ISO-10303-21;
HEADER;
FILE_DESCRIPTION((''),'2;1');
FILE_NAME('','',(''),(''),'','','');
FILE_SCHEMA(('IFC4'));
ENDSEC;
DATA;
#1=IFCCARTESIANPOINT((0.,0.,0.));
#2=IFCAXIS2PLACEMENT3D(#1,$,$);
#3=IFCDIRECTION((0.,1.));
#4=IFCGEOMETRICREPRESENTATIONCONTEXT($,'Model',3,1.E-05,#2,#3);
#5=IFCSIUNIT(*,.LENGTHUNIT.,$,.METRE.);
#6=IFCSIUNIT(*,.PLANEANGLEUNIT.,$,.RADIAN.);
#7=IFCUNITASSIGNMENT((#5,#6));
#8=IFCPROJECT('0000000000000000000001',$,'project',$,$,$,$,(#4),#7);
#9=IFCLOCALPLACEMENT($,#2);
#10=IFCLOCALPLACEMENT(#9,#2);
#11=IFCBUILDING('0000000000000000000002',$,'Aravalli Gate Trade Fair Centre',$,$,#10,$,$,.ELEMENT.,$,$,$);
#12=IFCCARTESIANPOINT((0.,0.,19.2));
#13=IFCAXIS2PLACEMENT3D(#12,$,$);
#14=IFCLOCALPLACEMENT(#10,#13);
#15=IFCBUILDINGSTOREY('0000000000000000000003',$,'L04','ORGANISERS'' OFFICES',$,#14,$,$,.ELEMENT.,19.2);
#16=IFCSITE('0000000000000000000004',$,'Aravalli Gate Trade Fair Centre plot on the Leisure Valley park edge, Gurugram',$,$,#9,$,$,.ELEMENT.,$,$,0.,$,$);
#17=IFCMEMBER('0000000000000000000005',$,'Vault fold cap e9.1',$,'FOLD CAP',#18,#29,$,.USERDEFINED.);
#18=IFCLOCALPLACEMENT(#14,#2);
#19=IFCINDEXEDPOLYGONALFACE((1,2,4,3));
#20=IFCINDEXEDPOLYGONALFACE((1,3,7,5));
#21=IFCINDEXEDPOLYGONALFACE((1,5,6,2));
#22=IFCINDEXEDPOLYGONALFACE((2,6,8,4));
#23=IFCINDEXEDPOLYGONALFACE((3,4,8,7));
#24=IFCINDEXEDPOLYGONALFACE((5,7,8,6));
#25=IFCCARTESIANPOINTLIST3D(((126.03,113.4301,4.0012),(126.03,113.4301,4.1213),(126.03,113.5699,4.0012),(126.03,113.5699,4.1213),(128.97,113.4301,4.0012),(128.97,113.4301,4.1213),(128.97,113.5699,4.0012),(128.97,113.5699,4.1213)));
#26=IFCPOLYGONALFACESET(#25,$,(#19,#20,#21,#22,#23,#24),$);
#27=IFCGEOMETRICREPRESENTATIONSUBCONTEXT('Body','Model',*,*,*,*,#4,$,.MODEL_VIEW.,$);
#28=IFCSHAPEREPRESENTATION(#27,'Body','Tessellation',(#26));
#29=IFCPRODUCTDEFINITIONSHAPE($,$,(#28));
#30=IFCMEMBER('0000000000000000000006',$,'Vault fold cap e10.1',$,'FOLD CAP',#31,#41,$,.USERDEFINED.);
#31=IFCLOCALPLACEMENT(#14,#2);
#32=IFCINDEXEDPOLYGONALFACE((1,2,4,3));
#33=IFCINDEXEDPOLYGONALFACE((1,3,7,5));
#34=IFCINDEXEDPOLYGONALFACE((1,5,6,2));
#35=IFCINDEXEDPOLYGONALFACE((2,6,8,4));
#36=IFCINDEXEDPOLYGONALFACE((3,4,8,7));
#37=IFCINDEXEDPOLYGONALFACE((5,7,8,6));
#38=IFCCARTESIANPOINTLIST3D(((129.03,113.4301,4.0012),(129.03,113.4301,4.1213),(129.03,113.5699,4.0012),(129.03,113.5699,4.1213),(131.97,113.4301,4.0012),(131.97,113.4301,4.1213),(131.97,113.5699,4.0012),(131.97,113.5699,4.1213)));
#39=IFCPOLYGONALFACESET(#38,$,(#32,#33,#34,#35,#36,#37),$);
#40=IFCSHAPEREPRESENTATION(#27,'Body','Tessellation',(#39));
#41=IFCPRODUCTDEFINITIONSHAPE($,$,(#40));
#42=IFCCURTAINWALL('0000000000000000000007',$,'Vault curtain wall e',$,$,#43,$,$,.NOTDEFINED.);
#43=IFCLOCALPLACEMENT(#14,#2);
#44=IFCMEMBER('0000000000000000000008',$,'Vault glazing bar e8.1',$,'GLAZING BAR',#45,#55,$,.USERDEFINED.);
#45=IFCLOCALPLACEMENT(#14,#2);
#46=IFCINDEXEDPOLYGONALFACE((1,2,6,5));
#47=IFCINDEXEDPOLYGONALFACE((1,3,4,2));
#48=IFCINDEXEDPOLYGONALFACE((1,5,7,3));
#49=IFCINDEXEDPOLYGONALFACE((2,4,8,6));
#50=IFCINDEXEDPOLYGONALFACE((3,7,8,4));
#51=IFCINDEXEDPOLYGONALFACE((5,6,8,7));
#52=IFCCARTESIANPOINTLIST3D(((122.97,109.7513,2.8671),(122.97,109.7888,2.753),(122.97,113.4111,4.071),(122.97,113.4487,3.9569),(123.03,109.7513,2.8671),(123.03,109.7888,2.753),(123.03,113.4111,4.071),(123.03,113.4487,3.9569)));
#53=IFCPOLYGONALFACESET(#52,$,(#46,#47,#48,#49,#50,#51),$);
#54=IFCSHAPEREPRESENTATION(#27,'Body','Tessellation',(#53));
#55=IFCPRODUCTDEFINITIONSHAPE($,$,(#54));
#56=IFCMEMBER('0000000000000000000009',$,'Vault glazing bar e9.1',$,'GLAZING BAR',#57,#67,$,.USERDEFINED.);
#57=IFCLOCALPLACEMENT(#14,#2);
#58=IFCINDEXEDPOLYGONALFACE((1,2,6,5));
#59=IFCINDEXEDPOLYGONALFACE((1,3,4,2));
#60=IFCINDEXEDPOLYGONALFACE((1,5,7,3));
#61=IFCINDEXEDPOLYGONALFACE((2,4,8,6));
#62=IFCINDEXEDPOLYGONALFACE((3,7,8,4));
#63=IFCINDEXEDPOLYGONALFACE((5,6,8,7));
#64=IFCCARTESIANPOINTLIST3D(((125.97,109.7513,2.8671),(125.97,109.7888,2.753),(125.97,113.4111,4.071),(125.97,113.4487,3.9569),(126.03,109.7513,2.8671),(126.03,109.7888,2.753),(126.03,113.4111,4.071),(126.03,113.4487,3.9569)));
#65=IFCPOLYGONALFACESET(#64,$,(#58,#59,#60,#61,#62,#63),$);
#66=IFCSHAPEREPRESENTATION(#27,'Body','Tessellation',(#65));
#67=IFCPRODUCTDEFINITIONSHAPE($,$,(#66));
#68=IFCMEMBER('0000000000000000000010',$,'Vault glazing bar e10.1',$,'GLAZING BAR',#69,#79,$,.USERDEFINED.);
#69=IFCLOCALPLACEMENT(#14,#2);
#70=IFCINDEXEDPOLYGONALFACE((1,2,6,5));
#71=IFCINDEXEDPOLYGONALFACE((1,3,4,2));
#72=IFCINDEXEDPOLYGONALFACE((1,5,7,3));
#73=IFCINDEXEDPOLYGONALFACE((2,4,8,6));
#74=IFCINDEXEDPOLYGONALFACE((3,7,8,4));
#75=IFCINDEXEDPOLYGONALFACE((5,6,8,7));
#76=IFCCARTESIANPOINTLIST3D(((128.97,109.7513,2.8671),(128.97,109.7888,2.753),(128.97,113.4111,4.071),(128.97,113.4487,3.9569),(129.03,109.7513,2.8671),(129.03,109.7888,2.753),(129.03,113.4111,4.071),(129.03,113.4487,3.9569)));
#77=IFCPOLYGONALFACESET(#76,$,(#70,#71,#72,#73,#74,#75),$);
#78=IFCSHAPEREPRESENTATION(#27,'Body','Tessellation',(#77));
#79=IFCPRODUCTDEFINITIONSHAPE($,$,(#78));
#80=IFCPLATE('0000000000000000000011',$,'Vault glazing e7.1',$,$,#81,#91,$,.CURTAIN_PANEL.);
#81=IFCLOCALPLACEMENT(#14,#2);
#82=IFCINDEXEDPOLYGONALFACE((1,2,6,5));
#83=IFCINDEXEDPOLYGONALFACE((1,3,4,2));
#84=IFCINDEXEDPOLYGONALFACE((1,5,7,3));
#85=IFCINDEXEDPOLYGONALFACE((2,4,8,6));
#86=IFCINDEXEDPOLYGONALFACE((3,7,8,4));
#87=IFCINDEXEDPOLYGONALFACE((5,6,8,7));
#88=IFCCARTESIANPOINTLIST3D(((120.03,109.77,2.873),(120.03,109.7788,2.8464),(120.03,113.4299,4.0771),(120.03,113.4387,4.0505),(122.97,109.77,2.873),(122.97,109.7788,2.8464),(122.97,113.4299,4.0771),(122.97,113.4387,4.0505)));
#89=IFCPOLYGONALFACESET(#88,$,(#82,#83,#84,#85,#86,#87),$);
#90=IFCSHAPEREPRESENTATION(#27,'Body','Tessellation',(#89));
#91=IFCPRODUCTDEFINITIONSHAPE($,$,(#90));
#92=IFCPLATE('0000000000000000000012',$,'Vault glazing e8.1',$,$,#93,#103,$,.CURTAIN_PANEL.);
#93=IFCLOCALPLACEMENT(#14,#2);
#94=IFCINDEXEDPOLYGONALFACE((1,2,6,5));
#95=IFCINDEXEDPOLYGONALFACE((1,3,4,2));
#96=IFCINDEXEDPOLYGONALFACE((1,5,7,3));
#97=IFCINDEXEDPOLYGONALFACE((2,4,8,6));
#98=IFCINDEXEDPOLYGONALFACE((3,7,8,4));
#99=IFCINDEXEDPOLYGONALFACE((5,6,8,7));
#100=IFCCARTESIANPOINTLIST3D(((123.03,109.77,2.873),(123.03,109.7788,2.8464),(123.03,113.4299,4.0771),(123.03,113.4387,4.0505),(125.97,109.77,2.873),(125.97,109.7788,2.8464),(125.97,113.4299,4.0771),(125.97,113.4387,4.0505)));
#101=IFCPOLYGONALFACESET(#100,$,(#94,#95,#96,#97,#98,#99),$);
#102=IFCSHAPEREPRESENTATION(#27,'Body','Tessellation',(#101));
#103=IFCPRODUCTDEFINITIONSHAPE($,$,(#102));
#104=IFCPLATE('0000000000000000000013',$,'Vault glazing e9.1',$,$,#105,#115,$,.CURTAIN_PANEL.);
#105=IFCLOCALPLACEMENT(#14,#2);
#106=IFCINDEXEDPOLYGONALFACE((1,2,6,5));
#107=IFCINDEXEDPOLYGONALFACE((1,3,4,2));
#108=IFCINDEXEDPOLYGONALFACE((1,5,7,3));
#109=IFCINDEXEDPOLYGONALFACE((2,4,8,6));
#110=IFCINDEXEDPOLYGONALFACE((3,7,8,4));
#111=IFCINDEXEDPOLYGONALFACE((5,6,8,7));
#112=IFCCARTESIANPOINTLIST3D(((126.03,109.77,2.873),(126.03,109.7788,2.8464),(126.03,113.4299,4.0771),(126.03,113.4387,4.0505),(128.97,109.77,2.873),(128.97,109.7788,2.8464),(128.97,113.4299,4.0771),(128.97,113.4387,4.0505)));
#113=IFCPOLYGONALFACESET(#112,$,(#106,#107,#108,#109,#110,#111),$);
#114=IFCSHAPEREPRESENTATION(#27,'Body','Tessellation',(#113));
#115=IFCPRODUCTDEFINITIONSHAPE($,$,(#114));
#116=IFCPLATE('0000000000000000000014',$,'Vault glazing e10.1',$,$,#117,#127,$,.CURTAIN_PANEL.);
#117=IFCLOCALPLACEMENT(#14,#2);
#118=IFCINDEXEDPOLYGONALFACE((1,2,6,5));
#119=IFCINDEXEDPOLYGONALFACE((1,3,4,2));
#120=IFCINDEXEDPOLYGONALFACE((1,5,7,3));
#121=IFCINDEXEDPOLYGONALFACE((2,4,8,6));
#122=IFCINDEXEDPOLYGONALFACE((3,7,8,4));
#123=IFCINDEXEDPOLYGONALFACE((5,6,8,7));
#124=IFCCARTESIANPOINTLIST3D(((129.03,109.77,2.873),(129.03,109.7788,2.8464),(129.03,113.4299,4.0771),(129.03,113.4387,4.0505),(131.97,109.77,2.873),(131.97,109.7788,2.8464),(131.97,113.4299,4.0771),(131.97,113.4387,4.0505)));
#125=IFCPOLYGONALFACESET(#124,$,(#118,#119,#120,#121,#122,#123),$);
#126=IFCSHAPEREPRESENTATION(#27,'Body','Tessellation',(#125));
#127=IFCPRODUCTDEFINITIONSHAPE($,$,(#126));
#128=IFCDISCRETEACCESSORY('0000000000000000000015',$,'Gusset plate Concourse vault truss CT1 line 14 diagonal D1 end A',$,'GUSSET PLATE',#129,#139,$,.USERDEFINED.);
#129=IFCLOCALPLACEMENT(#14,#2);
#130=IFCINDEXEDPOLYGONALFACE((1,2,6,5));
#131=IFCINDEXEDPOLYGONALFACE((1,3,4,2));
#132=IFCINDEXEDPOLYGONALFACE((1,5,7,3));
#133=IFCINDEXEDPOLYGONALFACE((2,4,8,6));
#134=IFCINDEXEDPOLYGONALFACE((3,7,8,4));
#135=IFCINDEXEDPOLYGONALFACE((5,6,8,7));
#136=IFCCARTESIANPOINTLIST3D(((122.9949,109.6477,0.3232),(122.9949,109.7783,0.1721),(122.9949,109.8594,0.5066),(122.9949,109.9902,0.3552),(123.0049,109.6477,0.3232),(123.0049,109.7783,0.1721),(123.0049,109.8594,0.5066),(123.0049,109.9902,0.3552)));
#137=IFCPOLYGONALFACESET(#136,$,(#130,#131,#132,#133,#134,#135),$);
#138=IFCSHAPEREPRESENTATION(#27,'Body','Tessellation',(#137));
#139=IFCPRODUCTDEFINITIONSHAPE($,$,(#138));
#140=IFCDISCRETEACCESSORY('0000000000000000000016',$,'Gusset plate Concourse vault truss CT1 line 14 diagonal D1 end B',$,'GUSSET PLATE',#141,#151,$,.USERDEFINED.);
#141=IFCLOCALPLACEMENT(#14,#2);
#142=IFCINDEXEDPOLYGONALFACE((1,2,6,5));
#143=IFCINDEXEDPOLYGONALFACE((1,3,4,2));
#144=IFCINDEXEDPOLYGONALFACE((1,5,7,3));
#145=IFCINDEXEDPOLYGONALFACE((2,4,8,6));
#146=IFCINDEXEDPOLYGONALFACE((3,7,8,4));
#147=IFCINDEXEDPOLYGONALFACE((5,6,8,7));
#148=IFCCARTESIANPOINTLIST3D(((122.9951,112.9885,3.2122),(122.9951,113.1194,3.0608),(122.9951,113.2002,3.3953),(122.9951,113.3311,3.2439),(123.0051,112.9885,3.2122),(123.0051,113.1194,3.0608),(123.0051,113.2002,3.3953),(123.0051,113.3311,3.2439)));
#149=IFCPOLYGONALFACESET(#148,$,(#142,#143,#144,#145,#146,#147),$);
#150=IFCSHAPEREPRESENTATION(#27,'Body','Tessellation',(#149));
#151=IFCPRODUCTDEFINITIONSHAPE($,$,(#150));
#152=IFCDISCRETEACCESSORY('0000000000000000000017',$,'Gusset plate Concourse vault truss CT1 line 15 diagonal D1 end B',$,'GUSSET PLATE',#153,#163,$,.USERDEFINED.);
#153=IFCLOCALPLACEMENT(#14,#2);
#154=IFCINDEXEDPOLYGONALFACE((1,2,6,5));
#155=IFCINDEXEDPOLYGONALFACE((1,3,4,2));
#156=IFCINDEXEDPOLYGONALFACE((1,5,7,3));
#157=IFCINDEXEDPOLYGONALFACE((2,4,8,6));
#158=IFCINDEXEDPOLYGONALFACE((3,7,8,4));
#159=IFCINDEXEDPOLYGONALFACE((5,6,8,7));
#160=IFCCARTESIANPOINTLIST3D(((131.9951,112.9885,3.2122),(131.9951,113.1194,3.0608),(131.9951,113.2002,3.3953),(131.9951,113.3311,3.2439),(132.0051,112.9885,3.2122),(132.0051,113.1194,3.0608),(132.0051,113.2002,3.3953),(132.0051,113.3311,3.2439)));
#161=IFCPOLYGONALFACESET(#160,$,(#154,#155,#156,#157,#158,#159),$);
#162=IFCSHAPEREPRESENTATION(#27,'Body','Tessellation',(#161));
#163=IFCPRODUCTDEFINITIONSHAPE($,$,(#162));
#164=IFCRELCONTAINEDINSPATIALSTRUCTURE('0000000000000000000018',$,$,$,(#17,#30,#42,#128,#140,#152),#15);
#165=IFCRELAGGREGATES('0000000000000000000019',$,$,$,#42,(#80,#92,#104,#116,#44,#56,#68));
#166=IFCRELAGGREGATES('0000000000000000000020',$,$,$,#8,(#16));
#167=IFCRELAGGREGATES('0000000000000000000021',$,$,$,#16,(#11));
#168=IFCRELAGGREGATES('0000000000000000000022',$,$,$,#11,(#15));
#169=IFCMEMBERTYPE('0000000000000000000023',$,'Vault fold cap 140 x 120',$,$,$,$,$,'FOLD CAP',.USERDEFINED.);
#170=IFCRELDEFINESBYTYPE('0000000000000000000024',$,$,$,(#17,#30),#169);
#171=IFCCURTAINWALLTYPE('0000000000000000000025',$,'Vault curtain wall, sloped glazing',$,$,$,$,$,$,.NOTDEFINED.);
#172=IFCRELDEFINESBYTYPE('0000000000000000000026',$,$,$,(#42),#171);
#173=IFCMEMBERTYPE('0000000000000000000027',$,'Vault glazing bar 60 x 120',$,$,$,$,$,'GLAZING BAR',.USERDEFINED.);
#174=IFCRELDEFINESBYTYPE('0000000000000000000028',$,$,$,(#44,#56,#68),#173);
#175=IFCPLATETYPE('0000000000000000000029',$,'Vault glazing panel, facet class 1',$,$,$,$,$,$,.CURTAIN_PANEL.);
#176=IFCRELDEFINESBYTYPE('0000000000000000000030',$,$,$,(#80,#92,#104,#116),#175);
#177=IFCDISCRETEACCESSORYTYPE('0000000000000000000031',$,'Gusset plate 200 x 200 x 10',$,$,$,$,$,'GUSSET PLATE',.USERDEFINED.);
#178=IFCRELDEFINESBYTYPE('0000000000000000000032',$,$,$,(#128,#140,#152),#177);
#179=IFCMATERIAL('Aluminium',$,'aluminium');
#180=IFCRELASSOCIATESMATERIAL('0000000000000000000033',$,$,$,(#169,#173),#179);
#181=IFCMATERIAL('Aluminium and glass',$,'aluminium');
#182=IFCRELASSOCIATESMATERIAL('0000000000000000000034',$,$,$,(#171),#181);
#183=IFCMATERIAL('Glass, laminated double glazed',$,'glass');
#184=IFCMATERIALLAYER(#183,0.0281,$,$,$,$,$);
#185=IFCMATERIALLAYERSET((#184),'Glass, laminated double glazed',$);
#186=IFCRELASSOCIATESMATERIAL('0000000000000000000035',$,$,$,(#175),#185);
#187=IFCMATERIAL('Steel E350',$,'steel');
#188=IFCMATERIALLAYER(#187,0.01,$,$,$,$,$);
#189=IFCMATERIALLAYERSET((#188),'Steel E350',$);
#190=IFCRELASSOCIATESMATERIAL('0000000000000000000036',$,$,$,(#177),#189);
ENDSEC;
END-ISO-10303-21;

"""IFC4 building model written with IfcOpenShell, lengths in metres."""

from ifc_helpers import new_model, si_unit, direction, frame, origin, origin_2d, place, context, subcontext, project, spatial, polyline, rectangle, outline, extrude, material, layer, layer_set, material_profile, profile_set, type_object, element, aggregate, save


model = new_model("IFC4")

# Units and contexts
model_context = context("Model", 3, precision=1e-05, world=origin(), true_north=direction((0.0, 1.0)))
body_context = subcontext(model_context, "Body", "Model", "MODEL_VIEW")
ifc_project = project(units=[si_unit("LENGTHUNIT", "METRE"), si_unit("PLANEANGLEUNIT", "RADIAN")], contexts=[model_context])

# Site, building, storey
site_placement = place(None, origin())
site = spatial("IfcSite", under=ifc_project, at=site_placement, Name="Aravalli Gate Trade Fair Centre plot on the Leisure Valley park edge, Gurugram", CompositionType="ELEMENT", RefElevation=0.0)
building_placement = place(site_placement, origin())
building = spatial("IfcBuilding", under=site, at=building_placement, Name="Aravalli Gate Trade Fair Centre", CompositionType="ELEMENT")
storey_placement = place(building_placement, frame((0.0, 0.0, 19.2)))
storey = spatial("IfcBuildingStorey", under=building, at=storey_placement, Name="L04", Description="ORGANISERS' OFFICES", CompositionType="ELEMENT", Elevation=19.2)

# Members
ifc_material_1 = material(Name="Steel E350", Category="steel")
ifc_material_2 = material(Name="Aluminium", Category="aluminium")
ifc_material_profile_1 = material_profile(ifc_material_2, rectangle(XDim=0.1399, YDim=0.1201, at=origin_2d()), Name="Vault fold cap 140 x 120")
ifc_profile_set_1 = profile_set([ifc_material_profile_1], Name="Aluminium")
member_type_1 = type_object("IfcMemberType", Name="Vault fold cap 140 x 120", ElementType="FOLD CAP", PredefinedType="USERDEFINED", material=ifc_profile_set_1)
for number, where, z_axis, x_axis, name in (
    (1, (126.03, 113.5, 4.0613), (1.0, 0.0, 0.0), (0.0, 1.0, 0.0), "Vault fold cap e9.1"),
    (2, (129.03, 113.5, 4.0613), (1.0, 0.0, 0.0), (0.0, 1.0, 0.0), "Vault fold cap e10.1"),
):
    element("IfcMember", number, at=place(storey_placement, frame(where, z_axis=z_axis, x_axis=x_axis)), inside=storey, type_object=member_type_1, Name=name, ObjectType="FOLD CAP", PredefinedType="USERDEFINED", context=body_context, shape_type="SweptSolid", body=[
        extrude(rectangle(XDim=0.1399, YDim=0.1201, at=origin_2d()), origin(), (0.0, 0.0, 1.0), 2.9399),
    ])

# Curtain wall, members, plates
ifc_material_3 = material(Name="Aluminium and glass", Category="aluminium")
curtain_wall_type = type_object("IfcCurtainWallType", Name="Vault curtain wall, sloped glazing", PredefinedType="NOTDEFINED", material=ifc_material_3)
curtain_wall_placement = place(storey_placement, origin())
curtain_wall = element("IfcCurtainWall", 3, at=curtain_wall_placement, inside=storey, type_object=curtain_wall_type, Name="Vault curtain wall e", PredefinedType="NOTDEFINED")
ifc_material_profile_2 = material_profile(ifc_material_2, rectangle(XDim=0.0601, YDim=0.1201, at=origin_2d()), Name="Vault glazing bar 60 x 120")
ifc_profile_set_2 = profile_set([ifc_material_profile_2], Name="Aluminium")
member_type_2 = type_object("IfcMemberType", Name="Vault glazing bar 60 x 120", ElementType="GLAZING BAR", PredefinedType="USERDEFINED", material=ifc_profile_set_2)
member_1_placement = place(storey_placement, frame((123.0, 109.77, 2.8101), z_axis=(0.0, 0.94993, 0.312461), x_axis=(-1.0, 0.0, 0.0)))
member_1 = element("IfcMember", 4, at=member_1_placement, type_object=member_type_2, Name="Vault glazing bar e8.1", ObjectType="GLAZING BAR", PredefinedType="USERDEFINED", context=body_context, shape_type="SweptSolid", body=[
    extrude(rectangle(XDim=0.0601, YDim=0.1201, at=origin_2d()), origin(), (0.0, 0.0, 1.0), 3.8528),
])
member_2_placement = place(storey_placement, frame((126.0, 109.77, 2.8101), z_axis=(0.0, 0.94993, 0.312461), x_axis=(-1.0, 0.0, 0.0)))
member_2 = element("IfcMember", 5, at=member_2_placement, type_object=member_type_2, Name="Vault glazing bar e9.1", ObjectType="GLAZING BAR", PredefinedType="USERDEFINED", context=body_context, shape_type="SweptSolid", body=[
    extrude(rectangle(XDim=0.0601, YDim=0.1201, at=origin_2d()), origin(), (0.0, 0.0, 1.0), 3.8528),
])
member_3_placement = place(storey_placement, frame((129.0, 109.77, 2.8101), z_axis=(0.0, 0.94993, 0.312461), x_axis=(-1.0, 0.0, 0.0)))
member_3 = element("IfcMember", 6, at=member_3_placement, type_object=member_type_2, Name="Vault glazing bar e10.1", ObjectType="GLAZING BAR", PredefinedType="USERDEFINED", context=body_context, shape_type="SweptSolid", body=[
    extrude(rectangle(XDim=0.0601, YDim=0.1201, at=origin_2d()), origin(), (0.0, 0.0, 1.0), 3.8528),
])
ifc_material_4 = material(Name="Glass, laminated double glazed", Category="glass")
ifc_layer_1 = layer(ifc_material_4, 0.0281)
ifc_layer_set_1 = layer_set([ifc_layer_1], Name="Glass, laminated double glazed")
plate_type = type_object("IfcPlateType", Name="Vault glazing panel, facet class 1", PredefinedType="CURTAIN_PANEL", material=ifc_layer_set_1)
plate_1_placement = place(storey_placement, frame((120.03, 109.77, 2.873), z_axis=(0.0, -0.312518, 0.949912), x_axis=(1.0, 0.0, 0.0)))
plate_1 = element("IfcPlate", 7, at=plate_1_placement, type_object=plate_type, Name="Vault glazing e7.1", PredefinedType="CURTAIN_PANEL", context=body_context, shape_type="SweptSolid", body=[
    extrude(outline(polyline([(0.0, 0.0), (2.9399, 0.0), (2.9399, 3.8529), (0.0, 3.8529), (0.0, 0.0)])), origin(), (0.0, 0.0, -1.0), 0.0281),
])
plate_2_placement = place(storey_placement, frame((123.03, 109.77, 2.873), z_axis=(0.0, -0.312518, 0.949912), x_axis=(1.0, 0.0, 0.0)))
plate_2 = element("IfcPlate", 8, at=plate_2_placement, type_object=plate_type, Name="Vault glazing e8.1", PredefinedType="CURTAIN_PANEL", context=body_context, shape_type="SweptSolid", body=[
    extrude(outline(polyline([(0.0, 0.0), (2.9399, 0.0), (2.9399, 3.8529), (0.0, 3.8529), (0.0, 0.0)])), origin(), (0.0, 0.0, -1.0), 0.0281),
])
plate_3_placement = place(storey_placement, frame((126.03, 109.77, 2.873), z_axis=(0.0, -0.312518, 0.949912), x_axis=(1.0, 0.0, 0.0)))
plate_3 = element("IfcPlate", 9, at=plate_3_placement, type_object=plate_type, Name="Vault glazing e9.1", PredefinedType="CURTAIN_PANEL", context=body_context, shape_type="SweptSolid", body=[
    extrude(outline(polyline([(0.0, 0.0), (2.9399, 0.0), (2.9399, 3.8529), (0.0, 3.8529), (0.0, 0.0)])), origin(), (0.0, 0.0, -1.0), 0.0281),
])
plate_4_placement = place(storey_placement, frame((129.03, 109.77, 2.873), z_axis=(0.0, -0.312518, 0.949912), x_axis=(1.0, 0.0, 0.0)))
plate_4 = element("IfcPlate", 10, at=plate_4_placement, type_object=plate_type, Name="Vault glazing e10.1", PredefinedType="CURTAIN_PANEL", context=body_context, shape_type="SweptSolid", body=[
    extrude(outline(polyline([(0.0, 0.0), (2.9399, 0.0), (2.9399, 3.8529), (0.0, 3.8529), (0.0, 0.0)])), origin(), (0.0, 0.0, -1.0), 0.0281),
])
aggregate(curtain_wall, [plate_1, plate_2, plate_3, plate_4, member_1, member_2, member_3])

# Discrete accessories
ifc_layer_2 = layer(ifc_material_1, 0.01)
ifc_layer_set_2 = layer_set([ifc_layer_2], Name="Steel E350")
discrete_accessory_type = type_object("IfcDiscreteAccessoryType", Name="Gusset plate 200 x 200 x 10", ElementType="GUSSET PLATE", PredefinedType="USERDEFINED", material=ifc_layer_set_2)
discrete_accessory_placement = place(storey_placement, frame((123.0049, 109.8594, 0.5066), z_axis=(1.0, 0.0, 0.0), x_axis=(0.0, -0.755862, -0.654731)))
element("IfcDiscreteAccessory", 11, at=discrete_accessory_placement, inside=storey, type_object=discrete_accessory_type, Name="Gusset plate Concourse vault truss CT1 line 14 diagonal D1 end A", ObjectType="GUSSET PLATE", PredefinedType="USERDEFINED", context=body_context, shape_type="SweptSolid", body=[
    extrude(outline(polyline([(0.0, 0.0), (0.28, 0.0), (0.2803, 0.1997), (0.0002, 0.2001), (0.0, 0.0)])), origin(), (0.0, 0.0, -1.0), 0.01),
])
for number, where, z_axis, x_axis, name in (
    (12, (122.9951, 112.9885, 3.2122), (-1.0, 0.0, 0.0), (0.0, 0.756293, 0.654233), "Gusset plate Concourse vault truss CT1 line 14 diagonal D1 end B"),
    (13, (131.9951, 112.9885, 3.2122), (-1.0, 0.0, 0.0), (0.0, 0.756293, 0.654233), "Gusset plate Concourse vault truss CT1 line 15 diagonal D1 end B"),
):
    element("IfcDiscreteAccessory", number, at=place(storey_placement, frame(where, z_axis=z_axis, x_axis=x_axis)), inside=storey, type_object=discrete_accessory_type, Name=name, ObjectType="GUSSET PLATE", PredefinedType="USERDEFINED", context=body_context, shape_type="SweptSolid", body=[
        extrude(outline(polyline([(0.0, 0.0), (0.2799, 0.0), (0.2798, 0.2001), (-0.0001, 0.2001), (0.0, 0.0)])), origin(), (0.0, 0.0, -1.0), 0.01),
    ])

save(model, "model.ifc")
